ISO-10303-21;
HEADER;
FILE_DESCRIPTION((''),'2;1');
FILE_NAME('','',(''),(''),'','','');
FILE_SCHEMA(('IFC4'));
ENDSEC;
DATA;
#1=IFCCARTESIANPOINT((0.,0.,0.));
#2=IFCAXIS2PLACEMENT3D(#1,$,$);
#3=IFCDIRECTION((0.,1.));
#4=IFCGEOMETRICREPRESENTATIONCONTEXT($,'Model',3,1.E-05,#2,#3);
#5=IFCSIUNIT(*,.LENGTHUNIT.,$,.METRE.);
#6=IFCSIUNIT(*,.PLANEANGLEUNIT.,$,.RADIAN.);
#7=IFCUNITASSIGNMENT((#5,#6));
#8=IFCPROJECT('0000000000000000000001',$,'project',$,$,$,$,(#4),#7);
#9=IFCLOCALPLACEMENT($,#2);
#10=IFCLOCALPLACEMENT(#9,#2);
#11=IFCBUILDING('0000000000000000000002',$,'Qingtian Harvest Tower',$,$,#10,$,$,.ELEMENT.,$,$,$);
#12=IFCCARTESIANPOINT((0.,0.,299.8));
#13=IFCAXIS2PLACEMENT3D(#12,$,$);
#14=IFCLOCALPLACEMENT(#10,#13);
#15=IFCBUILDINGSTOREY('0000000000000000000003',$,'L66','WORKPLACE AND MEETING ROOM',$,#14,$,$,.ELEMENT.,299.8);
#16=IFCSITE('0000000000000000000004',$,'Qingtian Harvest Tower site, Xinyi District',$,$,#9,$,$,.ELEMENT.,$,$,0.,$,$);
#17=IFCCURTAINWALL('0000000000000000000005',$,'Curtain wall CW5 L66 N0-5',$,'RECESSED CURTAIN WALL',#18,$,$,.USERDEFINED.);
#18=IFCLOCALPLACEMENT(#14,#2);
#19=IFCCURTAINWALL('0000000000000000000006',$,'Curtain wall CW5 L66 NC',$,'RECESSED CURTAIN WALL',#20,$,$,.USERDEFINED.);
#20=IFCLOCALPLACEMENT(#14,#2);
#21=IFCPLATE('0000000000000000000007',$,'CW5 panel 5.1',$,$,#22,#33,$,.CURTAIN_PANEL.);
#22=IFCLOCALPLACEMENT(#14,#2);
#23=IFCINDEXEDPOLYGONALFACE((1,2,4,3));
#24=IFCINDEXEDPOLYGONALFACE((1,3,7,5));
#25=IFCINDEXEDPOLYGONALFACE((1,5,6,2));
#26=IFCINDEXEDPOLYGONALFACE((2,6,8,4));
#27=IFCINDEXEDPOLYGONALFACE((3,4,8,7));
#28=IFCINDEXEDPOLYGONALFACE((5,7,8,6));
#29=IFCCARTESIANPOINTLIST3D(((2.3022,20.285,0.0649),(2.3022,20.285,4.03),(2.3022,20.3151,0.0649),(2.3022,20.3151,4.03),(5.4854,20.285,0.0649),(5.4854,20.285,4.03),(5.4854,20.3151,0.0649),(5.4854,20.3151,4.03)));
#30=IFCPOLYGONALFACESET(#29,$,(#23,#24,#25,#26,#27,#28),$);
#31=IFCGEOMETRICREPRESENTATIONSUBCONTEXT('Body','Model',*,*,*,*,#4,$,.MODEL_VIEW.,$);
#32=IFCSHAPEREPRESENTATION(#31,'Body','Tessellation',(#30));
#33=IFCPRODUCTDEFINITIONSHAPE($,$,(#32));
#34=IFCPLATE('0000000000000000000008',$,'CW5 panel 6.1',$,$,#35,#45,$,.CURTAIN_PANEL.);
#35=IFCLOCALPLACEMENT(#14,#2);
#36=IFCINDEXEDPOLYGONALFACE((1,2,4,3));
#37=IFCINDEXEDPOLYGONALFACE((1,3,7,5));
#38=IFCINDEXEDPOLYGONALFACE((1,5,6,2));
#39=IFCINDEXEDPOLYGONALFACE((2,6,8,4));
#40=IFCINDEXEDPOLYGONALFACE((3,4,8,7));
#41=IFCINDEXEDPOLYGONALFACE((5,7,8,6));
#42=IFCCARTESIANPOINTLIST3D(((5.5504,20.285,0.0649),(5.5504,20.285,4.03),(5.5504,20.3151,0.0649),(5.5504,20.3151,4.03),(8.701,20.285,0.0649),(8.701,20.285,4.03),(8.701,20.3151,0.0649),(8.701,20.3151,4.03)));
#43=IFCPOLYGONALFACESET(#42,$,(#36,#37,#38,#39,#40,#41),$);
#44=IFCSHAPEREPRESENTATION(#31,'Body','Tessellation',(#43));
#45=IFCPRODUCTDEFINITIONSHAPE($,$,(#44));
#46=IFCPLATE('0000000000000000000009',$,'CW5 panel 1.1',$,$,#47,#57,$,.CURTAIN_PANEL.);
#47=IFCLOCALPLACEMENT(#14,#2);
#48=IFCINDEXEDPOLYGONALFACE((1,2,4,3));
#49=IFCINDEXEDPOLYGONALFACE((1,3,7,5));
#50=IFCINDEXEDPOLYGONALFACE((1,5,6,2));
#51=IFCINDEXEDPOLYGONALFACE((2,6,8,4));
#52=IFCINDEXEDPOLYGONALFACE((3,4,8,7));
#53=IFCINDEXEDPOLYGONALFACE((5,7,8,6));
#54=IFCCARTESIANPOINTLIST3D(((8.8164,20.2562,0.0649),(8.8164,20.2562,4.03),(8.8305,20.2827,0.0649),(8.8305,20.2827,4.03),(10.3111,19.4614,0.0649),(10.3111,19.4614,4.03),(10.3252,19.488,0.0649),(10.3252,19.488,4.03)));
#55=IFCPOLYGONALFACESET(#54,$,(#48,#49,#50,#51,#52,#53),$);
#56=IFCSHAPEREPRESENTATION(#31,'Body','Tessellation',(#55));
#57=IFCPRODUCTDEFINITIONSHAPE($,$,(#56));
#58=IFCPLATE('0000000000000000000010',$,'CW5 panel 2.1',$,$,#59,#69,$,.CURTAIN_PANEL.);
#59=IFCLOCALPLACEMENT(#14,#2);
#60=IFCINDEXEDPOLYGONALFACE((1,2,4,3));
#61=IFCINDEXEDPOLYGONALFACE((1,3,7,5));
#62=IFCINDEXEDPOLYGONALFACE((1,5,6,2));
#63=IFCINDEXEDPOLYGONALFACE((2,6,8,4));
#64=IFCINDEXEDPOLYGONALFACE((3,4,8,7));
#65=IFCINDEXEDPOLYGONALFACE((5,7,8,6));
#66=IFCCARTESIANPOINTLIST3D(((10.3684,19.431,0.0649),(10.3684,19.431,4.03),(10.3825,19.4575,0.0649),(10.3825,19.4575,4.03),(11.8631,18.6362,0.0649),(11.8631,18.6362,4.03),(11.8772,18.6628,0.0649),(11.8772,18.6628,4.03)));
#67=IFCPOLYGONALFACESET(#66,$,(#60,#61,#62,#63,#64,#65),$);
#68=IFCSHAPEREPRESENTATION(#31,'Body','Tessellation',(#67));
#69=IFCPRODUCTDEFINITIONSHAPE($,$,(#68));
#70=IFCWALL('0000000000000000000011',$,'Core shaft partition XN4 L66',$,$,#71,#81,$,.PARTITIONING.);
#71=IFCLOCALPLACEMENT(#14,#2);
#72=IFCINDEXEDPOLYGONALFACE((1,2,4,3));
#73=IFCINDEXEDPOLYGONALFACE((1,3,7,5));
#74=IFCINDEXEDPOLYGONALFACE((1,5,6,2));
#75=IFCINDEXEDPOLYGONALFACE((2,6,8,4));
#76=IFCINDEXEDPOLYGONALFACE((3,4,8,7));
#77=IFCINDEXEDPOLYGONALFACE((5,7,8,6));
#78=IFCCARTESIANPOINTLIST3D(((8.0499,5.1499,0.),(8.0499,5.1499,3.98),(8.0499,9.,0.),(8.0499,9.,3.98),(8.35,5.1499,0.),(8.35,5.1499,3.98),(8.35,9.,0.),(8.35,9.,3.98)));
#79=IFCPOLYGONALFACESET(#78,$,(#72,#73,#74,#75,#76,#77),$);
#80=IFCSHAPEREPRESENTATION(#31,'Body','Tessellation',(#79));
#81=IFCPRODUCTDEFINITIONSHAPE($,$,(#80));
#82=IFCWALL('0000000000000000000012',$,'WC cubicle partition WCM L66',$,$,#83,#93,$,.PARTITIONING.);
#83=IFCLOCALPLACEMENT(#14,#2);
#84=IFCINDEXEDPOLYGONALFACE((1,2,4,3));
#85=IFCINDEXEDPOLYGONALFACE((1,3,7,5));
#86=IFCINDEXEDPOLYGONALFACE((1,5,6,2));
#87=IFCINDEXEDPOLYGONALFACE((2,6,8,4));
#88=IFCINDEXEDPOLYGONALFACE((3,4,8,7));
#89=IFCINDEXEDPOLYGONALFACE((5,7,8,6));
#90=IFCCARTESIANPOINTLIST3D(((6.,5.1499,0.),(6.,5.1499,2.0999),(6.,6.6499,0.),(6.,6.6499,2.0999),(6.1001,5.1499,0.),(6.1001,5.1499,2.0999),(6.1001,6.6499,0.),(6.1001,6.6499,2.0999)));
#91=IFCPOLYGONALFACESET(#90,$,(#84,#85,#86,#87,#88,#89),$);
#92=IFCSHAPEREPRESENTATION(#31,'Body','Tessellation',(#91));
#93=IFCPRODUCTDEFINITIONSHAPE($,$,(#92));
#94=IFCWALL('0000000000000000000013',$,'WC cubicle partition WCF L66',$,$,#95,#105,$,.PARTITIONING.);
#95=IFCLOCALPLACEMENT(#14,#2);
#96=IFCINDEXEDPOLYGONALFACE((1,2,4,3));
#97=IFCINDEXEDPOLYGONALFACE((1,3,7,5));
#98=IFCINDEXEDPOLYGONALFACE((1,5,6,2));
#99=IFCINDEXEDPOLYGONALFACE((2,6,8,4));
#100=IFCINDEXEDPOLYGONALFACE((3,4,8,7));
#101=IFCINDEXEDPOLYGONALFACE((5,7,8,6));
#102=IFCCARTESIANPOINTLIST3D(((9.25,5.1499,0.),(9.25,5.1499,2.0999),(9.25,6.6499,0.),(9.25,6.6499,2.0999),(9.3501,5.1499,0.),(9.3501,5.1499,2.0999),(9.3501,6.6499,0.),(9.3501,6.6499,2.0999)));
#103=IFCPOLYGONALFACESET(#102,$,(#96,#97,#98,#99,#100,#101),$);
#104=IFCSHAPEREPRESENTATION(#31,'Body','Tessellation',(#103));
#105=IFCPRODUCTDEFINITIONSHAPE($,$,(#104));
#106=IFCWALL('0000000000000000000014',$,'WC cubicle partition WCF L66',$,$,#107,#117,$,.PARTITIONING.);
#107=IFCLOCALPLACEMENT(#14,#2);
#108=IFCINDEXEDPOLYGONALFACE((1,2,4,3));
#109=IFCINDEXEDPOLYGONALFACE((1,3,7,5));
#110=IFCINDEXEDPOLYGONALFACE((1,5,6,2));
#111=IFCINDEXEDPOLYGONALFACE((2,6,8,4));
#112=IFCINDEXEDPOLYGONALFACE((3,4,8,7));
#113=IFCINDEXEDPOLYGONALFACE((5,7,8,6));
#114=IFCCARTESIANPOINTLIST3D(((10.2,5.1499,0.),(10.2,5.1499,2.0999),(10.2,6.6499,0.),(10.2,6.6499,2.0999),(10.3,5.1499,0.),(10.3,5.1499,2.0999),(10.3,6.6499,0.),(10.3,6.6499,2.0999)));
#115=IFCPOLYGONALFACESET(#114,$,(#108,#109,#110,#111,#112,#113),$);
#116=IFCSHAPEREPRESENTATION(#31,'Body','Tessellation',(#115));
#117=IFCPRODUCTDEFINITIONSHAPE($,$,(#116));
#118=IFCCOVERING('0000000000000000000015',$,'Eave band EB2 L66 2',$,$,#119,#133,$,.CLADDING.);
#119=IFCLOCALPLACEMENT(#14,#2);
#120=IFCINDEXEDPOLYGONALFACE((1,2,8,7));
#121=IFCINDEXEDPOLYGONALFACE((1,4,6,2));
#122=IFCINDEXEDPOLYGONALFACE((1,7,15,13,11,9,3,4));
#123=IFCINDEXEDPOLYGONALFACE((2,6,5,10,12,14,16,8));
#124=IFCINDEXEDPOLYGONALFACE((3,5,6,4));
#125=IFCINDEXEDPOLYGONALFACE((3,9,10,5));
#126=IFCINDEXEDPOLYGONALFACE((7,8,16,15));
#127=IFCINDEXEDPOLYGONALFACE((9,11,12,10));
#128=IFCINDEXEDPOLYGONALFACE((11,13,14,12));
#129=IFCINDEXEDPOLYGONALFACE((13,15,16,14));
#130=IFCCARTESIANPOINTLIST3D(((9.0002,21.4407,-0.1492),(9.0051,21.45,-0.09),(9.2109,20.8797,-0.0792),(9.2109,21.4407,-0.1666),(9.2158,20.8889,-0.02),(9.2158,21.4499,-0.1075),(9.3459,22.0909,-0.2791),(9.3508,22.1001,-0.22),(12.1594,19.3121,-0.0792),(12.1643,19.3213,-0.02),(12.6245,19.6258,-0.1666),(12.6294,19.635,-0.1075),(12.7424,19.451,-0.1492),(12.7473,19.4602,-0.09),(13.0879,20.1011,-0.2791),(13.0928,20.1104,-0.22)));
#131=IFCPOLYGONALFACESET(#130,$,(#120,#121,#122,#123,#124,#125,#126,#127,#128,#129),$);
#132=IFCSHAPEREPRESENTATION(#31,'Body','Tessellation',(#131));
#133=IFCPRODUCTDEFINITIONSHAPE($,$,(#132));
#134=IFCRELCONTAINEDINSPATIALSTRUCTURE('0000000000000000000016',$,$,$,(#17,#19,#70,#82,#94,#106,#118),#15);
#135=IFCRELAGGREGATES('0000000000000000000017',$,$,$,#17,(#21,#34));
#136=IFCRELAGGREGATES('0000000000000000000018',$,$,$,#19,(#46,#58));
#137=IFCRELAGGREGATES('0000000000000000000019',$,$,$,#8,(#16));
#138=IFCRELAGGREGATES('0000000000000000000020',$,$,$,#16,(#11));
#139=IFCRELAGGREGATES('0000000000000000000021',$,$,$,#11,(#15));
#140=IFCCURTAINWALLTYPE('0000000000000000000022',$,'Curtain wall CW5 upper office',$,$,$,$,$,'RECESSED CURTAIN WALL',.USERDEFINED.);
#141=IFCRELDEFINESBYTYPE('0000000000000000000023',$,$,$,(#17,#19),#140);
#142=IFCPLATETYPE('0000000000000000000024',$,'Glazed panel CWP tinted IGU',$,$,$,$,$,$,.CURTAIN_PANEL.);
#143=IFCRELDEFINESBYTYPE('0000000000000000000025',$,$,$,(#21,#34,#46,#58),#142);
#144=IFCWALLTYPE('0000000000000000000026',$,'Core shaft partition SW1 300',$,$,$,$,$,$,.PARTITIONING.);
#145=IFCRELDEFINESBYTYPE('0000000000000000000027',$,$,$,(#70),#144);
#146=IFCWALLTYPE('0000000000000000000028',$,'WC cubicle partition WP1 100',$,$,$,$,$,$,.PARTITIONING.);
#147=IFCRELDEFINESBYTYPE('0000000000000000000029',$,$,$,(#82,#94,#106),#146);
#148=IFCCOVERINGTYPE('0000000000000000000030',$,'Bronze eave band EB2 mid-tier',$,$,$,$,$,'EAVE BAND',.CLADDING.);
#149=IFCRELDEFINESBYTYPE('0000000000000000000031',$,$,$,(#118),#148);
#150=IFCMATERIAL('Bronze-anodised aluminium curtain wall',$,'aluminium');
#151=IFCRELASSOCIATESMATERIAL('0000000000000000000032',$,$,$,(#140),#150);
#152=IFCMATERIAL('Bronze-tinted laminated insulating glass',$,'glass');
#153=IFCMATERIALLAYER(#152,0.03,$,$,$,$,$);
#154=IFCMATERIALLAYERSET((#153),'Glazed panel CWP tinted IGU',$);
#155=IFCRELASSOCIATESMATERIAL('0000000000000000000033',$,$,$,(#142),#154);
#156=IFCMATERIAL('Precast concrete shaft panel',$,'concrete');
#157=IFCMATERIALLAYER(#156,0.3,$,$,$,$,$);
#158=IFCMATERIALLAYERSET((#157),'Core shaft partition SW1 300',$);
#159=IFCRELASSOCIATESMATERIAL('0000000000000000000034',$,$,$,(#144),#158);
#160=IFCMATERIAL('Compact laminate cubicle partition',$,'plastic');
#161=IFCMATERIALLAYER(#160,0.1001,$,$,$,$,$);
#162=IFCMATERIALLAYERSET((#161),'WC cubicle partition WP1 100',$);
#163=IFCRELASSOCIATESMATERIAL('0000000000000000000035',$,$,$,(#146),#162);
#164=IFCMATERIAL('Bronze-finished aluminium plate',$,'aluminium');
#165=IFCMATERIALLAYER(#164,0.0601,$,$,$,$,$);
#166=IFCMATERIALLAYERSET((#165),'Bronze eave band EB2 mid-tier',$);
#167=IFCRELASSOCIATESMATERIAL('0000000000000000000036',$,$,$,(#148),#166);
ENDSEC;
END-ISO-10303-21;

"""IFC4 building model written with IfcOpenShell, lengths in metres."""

from ifc_helpers import new_model, si_unit, direction, frame, frame_2d, origin, origin_2d, place, context, subcontext, project, spatial, polyline, rectangle, outline, extrude, material, layer, layer_set, type_object, element, aggregate, save


model = new_model("IFC4")

# Units and contexts
model_context = context("Model", 3, precision=1e-05, world=origin(), true_north=direction((0.0, 1.0)))
body_context = subcontext(model_context, "Body", "Model", "MODEL_VIEW")
ifc_project = project(units=[si_unit("LENGTHUNIT", "METRE"), si_unit("PLANEANGLEUNIT", "RADIAN")], contexts=[model_context])

# Site, building, storey
site_placement = place(None, origin())
site = spatial("IfcSite", under=ifc_project, at=site_placement, Name="Qingtian Harvest Tower site, Xinyi District", CompositionType="ELEMENT", RefElevation=0.0)
building_placement = place(site_placement, origin())
building = spatial("IfcBuilding", under=site, at=building_placement, Name="Qingtian Harvest Tower", CompositionType="ELEMENT")
storey_placement = place(building_placement, frame((0.0, 0.0, 299.8)))
storey = spatial("IfcBuildingStorey", under=building, at=storey_placement, Name="L66", Description="WORKPLACE AND MEETING ROOM", CompositionType="ELEMENT", Elevation=299.8)

# Curtain walls
ifc_material_1 = material(Name="Bronze-anodised aluminium curtain wall", Category="aluminium")
curtain_wall_type = type_object("IfcCurtainWallType", Name="Curtain wall CW5 upper office", ElementType="RECESSED CURTAIN WALL", PredefinedType="USERDEFINED", material=ifc_material_1)
curtain_wall_1_placement = place(storey_placement, origin())
curtain_wall_1 = element("IfcCurtainWall", 1, at=curtain_wall_1_placement, inside=storey, type_object=curtain_wall_type, Name="Curtain wall CW5 L66 N0-5", ObjectType="RECESSED CURTAIN WALL", PredefinedType="USERDEFINED")
curtain_wall_2_placement = place(storey_placement, origin())
curtain_wall_2 = element("IfcCurtainWall", 2, at=curtain_wall_2_placement, inside=storey, type_object=curtain_wall_type, Name="Curtain wall CW5 L66 NC", ObjectType="RECESSED CURTAIN WALL", PredefinedType="USERDEFINED")

# Plates
ifc_material_2 = material(Name="Bronze-tinted laminated insulating glass", Category="glass")
ifc_layer_1 = layer(ifc_material_2, 0.03)
ifc_layer_set_1 = layer_set([ifc_layer_1], Name="Glazed panel CWP tinted IGU")
plate_type = type_object("IfcPlateType", Name="Glazed panel CWP tinted IGU", PredefinedType="CURTAIN_PANEL", material=ifc_layer_set_1)
plate_1_placement = place(storey_placement, frame((3.8938, 20.3, 0.0649), z_axis=(0.0, 0.0, 1.0), x_axis=(1.0, 0.0, 0.0)))
plate_1 = element("IfcPlate", 3, at=plate_1_placement, type_object=plate_type, Name="CW5 panel 5.1", PredefinedType="CURTAIN_PANEL", context=body_context, shape_type="SweptSolid", body=[
    extrude(rectangle(XDim=3.1831, YDim=0.03, at=origin_2d()), origin(), (0.0, 0.0, 1.0), 3.9651),
])
plate_2_placement = place(storey_placement, frame((7.1257, 20.3, 0.0649), z_axis=(0.0, 0.0, 1.0), x_axis=(1.0, 0.0, 0.0)))
plate_2 = element("IfcPlate", 4, at=plate_2_placement, type_object=plate_type, Name="CW5 panel 6.1", PredefinedType="CURTAIN_PANEL", context=body_context, shape_type="SweptSolid", body=[
    extrude(rectangle(XDim=3.1506, YDim=0.03, at=origin_2d()), origin(), (0.0, 0.0, 1.0), 3.9651),
])
aggregate(curtain_wall_1, [plate_1, plate_2])
plate_3_placement = place(storey_placement, frame((9.5708, 19.8721, 0.0649), z_axis=(0.0, 0.0, 1.0), x_axis=(0.882948, -0.469472, 0.0)))
plate_3 = element("IfcPlate", 5, at=plate_3_placement, type_object=plate_type, Name="CW5 panel 1.1", PredefinedType="CURTAIN_PANEL", context=body_context, shape_type="SweptSolid", body=[
    extrude(rectangle(XDim=1.6929, YDim=0.03, at=origin_2d()), origin(), (0.0, 0.0, 1.0), 3.9651),
])
plate_4_placement = place(storey_placement, frame((11.1228, 19.0469, 0.0649), z_axis=(0.0, 0.0, 1.0), x_axis=(0.882948, -0.469472, 0.0)))
plate_4 = element("IfcPlate", 6, at=plate_4_placement, type_object=plate_type, Name="CW5 panel 2.1", PredefinedType="CURTAIN_PANEL", context=body_context, shape_type="SweptSolid", body=[
    extrude(rectangle(XDim=1.6929, YDim=0.03, at=origin_2d()), origin(), (0.0, 0.0, 1.0), 3.9651),
])
aggregate(curtain_wall_2, [plate_3, plate_4])

# Walls
ifc_material_3 = material(Name="Precast concrete shaft panel", Category="concrete")
ifc_layer_2 = layer(ifc_material_3, 0.3)
ifc_layer_set_2 = layer_set([ifc_layer_2], Name="Core shaft partition SW1 300")
wall_type_1 = type_object("IfcWallType", Name="Core shaft partition SW1 300", PredefinedType="PARTITIONING", material=ifc_layer_set_2)
wall_placement = place(storey_placement, frame((8.2, 5.1499, 0.0), z_axis=(0.0, 0.0, 1.0), x_axis=(0.0, 1.0, 0.0)))
element("IfcWall", 7, at=wall_placement, inside=storey, type_object=wall_type_1, Name="Core shaft partition XN4 L66", PredefinedType="PARTITIONING", context=body_context, shape_type="SweptSolid", body=[
    extrude(rectangle(XDim=3.8501, YDim=0.3, at=frame_2d((1.925, 0.0))), origin(), (0.0, 0.0, 1.0), 3.98),
])
ifc_material_4 = material(Name="Compact laminate cubicle partition", Category="plastic")
ifc_layer_3 = layer(ifc_material_4, 0.1001)
ifc_layer_set_3 = layer_set([ifc_layer_3], Name="WC cubicle partition WP1 100")
wall_type_2 = type_object("IfcWallType", Name="WC cubicle partition WP1 100", PredefinedType="PARTITIONING", material=ifc_layer_set_3)
for number, where, z_axis, x_axis, name in (
    (8, (6.05, 5.1499, 0.0), (0.0, 0.0, 1.0), (0.0, 1.0, 0.0), "WC cubicle partition WCM L66"),
    (9, (9.3, 5.1499, 0.0), (0.0, 0.0, 1.0), (0.0, 1.0, 0.0), "WC cubicle partition WCF L66"),
    (10, (10.25, 5.1499, 0.0), (0.0, 0.0, 1.0), (0.0, 1.0, 0.0), "WC cubicle partition WCF L66"),
):
    element("IfcWall", number, at=place(storey_placement, frame(where, z_axis=z_axis, x_axis=x_axis)), inside=storey, type_object=wall_type_2, Name=name, PredefinedType="PARTITIONING", context=body_context, shape_type="SweptSolid", body=[
        extrude(rectangle(XDim=1.5, YDim=0.1001, at=frame_2d((0.75, 0.0))), origin(), (0.0, 0.0, 1.0), 2.0999),
    ])

# Covering
ifc_material_5 = material(Name="Bronze-finished aluminium plate", Category="aluminium")
ifc_layer_4 = layer(ifc_material_5, 0.0601)
ifc_layer_set_4 = layer_set([ifc_layer_4], Name="Bronze eave band EB2 mid-tier")
covering_type = type_object("IfcCoveringType", Name="Bronze eave band EB2 mid-tier", ElementType="EAVE BAND", PredefinedType="CLADDING", material=ifc_layer_set_4)
covering_placement = place(storey_placement, frame((9.2158, 20.8889, -0.02), z_axis=(0.081613, 0.153492, 0.984774), x_axis=(-0.000006, 0.98807, -0.154005)))
element("IfcCovering", 11, at=covering_placement, inside=storey, type_object=covering_type, Name="Eave band EB2 L66 2", PredefinedType="CLADDING", context=body_context, shape_type="SweptSolid", body=[
    extrude(outline(polyline([(0.0, 0.0), (0.5678, 0.0), (0.5651, 0.2114), (1.2275, -0.1355), (-0.7385, -3.8899), (-1.4009, -3.5433), (-1.2255, -3.425), (-1.5489, -2.9583), (0.0, 0.0)])), origin(), (0.0, 0.0, -1.0), 0.0601),
])

save(model, "model.ifc")
